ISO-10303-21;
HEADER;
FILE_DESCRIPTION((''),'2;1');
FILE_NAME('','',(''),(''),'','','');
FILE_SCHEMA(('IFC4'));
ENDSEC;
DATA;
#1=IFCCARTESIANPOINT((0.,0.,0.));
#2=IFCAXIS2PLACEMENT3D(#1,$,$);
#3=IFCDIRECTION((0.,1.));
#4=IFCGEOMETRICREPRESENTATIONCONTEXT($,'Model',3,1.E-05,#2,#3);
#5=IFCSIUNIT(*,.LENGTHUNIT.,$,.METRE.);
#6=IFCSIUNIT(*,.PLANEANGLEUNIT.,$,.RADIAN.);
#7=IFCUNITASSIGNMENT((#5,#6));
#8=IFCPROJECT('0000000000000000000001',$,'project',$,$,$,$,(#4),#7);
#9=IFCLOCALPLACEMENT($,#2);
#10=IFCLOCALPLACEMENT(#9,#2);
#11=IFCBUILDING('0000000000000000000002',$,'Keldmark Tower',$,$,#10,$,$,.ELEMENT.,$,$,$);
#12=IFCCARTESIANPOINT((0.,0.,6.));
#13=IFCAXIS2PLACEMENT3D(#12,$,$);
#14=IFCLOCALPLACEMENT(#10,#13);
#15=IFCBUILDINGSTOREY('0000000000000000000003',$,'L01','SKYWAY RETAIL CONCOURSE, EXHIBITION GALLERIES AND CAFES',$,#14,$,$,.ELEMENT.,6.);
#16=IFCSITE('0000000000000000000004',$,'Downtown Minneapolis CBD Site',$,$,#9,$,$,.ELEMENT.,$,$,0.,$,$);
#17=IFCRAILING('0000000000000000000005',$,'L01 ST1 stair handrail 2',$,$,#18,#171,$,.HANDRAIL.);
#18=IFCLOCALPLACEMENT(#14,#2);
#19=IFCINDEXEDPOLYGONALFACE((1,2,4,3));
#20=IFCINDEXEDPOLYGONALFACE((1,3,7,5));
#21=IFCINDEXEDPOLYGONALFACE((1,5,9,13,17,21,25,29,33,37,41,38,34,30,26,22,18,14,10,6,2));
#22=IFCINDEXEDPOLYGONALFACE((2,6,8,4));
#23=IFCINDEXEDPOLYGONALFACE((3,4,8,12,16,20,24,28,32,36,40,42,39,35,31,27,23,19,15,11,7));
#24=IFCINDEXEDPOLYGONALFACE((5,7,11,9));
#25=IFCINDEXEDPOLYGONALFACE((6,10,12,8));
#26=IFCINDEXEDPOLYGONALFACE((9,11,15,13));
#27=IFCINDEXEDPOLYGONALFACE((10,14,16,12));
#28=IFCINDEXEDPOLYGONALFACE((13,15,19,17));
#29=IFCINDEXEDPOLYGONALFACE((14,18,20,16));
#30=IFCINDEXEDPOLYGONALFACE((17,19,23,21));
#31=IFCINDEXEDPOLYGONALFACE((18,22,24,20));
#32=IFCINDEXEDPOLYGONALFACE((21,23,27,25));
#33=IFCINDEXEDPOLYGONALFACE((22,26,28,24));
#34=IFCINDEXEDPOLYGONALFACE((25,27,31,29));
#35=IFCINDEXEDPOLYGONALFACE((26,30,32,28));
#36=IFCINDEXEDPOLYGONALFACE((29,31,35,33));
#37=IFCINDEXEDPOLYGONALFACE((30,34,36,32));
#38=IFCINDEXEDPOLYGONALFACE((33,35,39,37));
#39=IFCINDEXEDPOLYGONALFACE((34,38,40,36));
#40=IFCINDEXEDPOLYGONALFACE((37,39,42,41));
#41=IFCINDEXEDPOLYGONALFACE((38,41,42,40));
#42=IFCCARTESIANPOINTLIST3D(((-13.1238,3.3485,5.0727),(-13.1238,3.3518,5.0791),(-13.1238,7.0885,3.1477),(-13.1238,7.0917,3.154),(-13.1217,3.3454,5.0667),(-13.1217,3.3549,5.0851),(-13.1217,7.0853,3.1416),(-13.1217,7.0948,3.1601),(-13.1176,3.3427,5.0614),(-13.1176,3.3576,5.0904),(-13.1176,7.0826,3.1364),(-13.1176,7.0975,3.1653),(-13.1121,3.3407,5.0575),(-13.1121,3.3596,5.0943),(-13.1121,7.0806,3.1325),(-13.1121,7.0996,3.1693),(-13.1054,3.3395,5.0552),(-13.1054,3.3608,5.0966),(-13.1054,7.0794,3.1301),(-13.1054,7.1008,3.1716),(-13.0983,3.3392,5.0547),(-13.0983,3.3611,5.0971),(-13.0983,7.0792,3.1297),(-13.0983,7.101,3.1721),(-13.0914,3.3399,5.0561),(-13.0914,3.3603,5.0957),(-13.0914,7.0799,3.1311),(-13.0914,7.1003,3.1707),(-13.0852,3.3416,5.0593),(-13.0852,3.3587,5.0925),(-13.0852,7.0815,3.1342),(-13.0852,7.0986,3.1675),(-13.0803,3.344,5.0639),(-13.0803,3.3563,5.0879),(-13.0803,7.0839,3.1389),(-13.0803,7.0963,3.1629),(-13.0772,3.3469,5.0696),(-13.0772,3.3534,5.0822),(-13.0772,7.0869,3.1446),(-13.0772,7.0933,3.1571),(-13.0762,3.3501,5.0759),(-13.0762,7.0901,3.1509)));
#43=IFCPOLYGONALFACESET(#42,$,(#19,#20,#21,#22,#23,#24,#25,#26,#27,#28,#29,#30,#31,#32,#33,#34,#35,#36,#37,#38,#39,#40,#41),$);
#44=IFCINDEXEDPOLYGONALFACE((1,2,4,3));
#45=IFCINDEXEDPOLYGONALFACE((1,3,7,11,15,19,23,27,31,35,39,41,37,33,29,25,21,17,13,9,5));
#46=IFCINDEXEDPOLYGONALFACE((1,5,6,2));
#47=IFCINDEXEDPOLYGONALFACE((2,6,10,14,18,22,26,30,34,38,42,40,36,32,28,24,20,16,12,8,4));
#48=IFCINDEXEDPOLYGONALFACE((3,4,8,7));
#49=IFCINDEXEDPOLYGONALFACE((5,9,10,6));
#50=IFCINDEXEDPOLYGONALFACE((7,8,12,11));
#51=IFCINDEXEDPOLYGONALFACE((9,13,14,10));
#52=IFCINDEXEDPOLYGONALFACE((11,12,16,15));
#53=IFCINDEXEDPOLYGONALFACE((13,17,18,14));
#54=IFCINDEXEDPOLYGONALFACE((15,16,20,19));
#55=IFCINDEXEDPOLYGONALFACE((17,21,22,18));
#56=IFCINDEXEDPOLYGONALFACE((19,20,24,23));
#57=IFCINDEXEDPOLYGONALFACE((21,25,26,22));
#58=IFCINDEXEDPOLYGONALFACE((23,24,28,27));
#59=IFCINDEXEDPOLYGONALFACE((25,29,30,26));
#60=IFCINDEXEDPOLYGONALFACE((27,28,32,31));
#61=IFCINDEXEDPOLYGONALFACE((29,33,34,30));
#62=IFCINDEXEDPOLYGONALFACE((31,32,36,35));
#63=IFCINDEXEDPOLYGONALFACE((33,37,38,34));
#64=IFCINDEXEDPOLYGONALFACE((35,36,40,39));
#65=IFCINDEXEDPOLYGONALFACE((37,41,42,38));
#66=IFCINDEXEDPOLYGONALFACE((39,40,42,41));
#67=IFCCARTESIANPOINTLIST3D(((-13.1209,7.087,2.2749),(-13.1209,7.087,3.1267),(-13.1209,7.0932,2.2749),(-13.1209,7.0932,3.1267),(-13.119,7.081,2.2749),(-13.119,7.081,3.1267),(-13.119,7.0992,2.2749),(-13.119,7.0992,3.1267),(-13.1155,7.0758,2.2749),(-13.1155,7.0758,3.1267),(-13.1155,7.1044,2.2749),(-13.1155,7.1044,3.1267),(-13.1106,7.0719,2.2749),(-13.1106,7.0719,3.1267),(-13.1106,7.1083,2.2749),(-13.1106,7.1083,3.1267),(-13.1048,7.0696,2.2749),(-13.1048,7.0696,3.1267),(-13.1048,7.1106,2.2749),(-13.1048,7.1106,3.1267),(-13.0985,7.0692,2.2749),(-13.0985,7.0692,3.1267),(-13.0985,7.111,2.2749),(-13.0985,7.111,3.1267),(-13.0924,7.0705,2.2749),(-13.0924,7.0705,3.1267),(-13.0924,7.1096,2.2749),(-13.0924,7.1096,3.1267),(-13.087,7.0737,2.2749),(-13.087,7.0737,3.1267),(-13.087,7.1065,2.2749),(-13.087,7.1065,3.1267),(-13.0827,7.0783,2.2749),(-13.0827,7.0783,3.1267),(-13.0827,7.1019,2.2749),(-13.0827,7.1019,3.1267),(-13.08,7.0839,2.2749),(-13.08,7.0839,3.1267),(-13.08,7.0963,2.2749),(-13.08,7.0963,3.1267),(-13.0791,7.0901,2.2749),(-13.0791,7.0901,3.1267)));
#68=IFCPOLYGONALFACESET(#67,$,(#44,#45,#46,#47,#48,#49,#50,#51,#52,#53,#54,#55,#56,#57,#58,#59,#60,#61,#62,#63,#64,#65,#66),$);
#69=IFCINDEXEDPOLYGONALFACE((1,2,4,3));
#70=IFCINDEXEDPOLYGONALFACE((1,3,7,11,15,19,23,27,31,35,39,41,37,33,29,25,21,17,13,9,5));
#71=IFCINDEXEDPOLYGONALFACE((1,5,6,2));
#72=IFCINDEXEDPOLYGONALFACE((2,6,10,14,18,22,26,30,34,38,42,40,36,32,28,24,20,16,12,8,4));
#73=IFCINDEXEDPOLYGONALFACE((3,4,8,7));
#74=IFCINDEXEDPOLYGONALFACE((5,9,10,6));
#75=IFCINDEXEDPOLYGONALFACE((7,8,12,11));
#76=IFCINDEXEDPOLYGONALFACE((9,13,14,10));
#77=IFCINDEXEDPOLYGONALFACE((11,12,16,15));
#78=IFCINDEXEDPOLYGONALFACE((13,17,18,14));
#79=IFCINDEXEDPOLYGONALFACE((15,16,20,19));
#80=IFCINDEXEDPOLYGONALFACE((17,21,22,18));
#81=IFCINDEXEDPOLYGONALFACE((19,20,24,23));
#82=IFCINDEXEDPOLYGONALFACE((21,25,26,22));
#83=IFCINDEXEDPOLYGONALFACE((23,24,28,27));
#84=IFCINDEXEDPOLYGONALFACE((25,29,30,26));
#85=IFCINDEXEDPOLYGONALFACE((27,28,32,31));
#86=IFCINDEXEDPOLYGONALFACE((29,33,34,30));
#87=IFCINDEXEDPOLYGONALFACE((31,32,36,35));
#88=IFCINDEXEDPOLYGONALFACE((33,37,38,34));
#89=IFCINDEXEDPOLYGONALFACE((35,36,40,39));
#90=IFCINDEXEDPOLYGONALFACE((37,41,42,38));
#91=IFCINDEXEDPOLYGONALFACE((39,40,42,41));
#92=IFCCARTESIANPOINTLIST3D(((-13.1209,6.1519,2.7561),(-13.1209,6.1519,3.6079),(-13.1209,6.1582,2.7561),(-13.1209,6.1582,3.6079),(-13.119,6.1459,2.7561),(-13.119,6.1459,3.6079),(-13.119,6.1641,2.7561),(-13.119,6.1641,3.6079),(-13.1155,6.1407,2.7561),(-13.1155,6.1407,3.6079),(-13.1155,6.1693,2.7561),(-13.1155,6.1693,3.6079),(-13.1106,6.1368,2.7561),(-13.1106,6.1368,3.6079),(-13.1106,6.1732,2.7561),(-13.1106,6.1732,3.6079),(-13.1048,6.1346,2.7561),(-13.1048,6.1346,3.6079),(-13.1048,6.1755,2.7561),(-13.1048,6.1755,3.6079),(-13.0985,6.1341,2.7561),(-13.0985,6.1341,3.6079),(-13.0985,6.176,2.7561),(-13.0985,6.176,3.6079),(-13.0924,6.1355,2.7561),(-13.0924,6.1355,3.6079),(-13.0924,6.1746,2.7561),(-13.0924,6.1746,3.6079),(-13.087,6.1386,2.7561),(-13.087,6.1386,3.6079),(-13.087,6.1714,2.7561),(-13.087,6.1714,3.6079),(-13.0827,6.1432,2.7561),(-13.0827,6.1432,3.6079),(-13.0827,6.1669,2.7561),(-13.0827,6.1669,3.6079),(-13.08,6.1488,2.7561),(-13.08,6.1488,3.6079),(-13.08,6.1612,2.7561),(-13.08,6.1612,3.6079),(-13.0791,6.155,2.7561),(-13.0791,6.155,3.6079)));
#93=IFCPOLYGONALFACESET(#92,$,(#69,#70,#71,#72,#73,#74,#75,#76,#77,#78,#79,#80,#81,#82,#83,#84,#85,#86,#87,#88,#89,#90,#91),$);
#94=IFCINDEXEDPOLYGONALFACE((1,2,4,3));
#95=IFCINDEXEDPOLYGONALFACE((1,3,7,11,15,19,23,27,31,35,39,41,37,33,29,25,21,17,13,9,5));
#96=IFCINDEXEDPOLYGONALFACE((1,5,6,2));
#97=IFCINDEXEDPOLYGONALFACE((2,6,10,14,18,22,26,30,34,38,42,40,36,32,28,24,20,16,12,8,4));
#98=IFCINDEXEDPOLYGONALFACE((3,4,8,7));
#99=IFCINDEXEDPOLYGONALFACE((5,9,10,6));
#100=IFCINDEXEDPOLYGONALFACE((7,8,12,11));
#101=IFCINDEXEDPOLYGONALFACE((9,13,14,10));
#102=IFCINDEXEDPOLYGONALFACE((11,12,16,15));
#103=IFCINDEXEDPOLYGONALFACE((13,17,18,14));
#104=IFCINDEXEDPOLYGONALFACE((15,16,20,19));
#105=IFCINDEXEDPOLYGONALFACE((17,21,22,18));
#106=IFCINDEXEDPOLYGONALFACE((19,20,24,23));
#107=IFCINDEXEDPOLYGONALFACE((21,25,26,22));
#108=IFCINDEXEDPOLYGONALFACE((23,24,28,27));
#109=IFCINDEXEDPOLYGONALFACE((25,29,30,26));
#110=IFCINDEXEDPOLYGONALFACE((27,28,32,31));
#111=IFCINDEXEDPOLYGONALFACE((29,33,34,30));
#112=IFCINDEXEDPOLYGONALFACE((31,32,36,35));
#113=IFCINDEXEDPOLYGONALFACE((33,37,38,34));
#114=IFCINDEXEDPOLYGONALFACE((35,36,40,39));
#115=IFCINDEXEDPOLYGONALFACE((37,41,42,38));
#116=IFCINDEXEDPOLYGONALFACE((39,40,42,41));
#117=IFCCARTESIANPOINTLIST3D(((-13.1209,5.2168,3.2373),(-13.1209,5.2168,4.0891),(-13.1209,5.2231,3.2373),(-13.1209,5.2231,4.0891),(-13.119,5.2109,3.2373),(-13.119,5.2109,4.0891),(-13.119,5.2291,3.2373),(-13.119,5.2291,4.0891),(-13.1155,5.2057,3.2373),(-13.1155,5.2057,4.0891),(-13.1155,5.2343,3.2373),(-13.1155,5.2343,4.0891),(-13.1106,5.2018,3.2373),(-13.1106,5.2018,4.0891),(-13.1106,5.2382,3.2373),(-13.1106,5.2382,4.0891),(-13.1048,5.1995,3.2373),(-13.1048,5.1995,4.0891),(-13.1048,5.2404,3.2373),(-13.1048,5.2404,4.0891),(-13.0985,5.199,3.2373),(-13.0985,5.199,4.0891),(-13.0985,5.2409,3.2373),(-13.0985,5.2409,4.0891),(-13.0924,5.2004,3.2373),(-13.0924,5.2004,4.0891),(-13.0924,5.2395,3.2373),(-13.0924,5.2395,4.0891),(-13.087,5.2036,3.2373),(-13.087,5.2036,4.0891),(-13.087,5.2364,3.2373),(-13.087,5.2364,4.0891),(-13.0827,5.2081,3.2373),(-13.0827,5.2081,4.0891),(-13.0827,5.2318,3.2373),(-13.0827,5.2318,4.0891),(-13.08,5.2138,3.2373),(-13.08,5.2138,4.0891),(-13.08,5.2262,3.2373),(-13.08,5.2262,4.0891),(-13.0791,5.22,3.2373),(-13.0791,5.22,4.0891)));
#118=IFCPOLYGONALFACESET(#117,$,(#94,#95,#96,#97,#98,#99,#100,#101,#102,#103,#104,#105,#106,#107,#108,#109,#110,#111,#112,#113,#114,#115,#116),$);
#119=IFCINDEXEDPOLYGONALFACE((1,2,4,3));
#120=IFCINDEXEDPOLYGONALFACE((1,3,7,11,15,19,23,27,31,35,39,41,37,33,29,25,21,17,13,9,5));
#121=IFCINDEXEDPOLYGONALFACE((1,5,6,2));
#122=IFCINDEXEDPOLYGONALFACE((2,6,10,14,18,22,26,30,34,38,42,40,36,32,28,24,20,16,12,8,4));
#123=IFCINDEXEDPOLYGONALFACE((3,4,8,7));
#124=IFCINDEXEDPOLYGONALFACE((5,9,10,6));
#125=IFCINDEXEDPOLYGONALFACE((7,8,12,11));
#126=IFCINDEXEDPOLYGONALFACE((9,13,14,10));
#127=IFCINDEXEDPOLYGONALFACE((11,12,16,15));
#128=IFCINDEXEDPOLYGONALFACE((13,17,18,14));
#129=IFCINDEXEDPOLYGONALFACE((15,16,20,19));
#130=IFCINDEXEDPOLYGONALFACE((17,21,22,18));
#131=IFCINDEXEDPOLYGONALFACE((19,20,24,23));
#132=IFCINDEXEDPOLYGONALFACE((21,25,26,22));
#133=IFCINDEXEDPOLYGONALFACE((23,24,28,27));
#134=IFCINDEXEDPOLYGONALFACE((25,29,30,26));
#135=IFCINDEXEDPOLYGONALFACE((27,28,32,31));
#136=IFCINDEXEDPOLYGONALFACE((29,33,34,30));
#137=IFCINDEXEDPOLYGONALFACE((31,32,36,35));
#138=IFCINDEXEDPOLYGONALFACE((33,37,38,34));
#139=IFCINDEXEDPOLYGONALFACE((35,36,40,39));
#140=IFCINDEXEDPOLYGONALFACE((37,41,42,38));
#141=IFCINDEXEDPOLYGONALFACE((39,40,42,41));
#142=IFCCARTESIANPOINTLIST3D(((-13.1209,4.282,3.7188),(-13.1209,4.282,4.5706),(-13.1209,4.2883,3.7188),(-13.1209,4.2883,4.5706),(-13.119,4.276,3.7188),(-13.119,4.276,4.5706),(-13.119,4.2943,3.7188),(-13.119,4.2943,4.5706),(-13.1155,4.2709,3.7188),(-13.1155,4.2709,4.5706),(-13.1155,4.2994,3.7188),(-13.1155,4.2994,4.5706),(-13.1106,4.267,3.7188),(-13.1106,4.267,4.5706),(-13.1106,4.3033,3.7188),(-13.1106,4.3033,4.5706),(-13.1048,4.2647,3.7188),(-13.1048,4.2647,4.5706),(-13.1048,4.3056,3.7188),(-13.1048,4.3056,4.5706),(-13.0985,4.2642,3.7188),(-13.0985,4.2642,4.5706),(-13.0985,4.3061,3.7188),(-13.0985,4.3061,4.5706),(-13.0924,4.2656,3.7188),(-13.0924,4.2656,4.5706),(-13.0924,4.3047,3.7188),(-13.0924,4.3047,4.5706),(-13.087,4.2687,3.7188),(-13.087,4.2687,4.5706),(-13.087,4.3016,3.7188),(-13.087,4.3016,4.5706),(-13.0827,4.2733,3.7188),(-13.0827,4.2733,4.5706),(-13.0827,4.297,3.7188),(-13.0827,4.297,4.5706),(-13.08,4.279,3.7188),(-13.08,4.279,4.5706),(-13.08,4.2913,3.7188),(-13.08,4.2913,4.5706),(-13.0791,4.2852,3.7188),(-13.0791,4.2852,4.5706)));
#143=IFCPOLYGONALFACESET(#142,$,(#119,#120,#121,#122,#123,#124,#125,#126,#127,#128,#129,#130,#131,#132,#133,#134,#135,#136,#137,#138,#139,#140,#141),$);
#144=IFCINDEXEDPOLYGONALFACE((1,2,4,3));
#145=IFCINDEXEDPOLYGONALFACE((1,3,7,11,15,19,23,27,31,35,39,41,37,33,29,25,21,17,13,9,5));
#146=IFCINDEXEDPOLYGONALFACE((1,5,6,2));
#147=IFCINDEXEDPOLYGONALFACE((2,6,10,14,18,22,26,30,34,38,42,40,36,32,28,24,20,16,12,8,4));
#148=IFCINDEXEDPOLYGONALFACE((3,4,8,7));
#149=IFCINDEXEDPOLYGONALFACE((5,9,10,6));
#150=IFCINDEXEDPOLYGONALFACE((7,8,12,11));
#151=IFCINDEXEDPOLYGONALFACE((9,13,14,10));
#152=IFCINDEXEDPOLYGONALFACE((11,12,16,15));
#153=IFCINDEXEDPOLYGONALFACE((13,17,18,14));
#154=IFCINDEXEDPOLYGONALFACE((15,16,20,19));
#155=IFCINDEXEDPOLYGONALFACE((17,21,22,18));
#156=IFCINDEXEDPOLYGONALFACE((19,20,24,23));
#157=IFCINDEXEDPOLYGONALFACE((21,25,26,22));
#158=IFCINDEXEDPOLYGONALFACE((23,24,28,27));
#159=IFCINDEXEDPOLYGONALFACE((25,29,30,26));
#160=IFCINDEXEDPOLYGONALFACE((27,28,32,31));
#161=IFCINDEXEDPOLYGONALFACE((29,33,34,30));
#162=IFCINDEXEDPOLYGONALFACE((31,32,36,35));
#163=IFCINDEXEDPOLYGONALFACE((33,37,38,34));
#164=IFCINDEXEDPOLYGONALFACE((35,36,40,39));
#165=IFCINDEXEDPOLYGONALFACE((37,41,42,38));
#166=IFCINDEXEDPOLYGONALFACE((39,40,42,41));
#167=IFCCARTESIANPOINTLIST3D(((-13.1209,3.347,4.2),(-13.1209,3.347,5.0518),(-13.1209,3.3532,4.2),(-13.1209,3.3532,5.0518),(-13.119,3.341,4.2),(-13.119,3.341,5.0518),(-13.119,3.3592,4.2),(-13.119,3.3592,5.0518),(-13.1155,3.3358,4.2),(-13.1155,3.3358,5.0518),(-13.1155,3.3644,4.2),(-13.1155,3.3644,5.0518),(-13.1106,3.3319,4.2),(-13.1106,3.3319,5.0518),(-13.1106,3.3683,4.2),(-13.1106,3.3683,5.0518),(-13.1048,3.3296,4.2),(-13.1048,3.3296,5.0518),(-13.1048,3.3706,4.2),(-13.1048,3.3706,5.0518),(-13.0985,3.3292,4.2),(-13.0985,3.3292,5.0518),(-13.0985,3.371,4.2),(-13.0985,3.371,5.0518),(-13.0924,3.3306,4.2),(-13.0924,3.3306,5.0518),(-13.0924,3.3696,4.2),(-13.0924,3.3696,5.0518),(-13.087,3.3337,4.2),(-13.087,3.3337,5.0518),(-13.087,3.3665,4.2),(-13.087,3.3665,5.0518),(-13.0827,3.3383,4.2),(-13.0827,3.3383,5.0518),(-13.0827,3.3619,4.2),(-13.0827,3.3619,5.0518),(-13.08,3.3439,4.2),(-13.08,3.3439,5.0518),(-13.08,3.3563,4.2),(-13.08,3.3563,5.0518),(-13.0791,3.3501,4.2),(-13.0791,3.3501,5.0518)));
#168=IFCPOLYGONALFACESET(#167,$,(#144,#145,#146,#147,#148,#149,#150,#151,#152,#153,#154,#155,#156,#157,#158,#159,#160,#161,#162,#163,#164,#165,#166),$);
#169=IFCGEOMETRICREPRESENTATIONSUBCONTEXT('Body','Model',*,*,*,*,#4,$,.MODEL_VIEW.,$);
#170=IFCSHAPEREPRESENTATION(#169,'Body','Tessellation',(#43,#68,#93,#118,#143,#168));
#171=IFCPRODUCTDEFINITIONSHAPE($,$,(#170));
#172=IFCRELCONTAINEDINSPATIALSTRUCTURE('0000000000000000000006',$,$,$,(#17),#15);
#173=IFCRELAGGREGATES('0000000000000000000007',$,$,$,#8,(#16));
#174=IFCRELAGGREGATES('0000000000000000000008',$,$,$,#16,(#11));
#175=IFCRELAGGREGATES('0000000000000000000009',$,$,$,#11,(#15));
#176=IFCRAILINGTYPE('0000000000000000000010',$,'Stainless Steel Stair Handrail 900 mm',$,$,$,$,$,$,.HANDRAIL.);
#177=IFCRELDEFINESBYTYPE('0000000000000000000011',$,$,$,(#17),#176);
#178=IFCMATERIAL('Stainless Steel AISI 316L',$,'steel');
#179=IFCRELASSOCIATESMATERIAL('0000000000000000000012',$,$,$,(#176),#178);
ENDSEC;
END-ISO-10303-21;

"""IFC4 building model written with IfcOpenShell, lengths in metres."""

from ifc_helpers import new_model, si_unit, direction, frame, origin, origin_2d, place, context, subcontext, project, spatial, circle, extrude, material, type_object, element, save


model = new_model("IFC4")

# Units and contexts
model_context = context("Model", 3, precision=1e-05, world=origin(), true_north=direction((0.0, 1.0)))
body_context = subcontext(model_context, "Body", "Model", "MODEL_VIEW")
ifc_project = project(units=[si_unit("LENGTHUNIT", "METRE"), si_unit("PLANEANGLEUNIT", "RADIAN")], contexts=[model_context])

# Site, building, storey
site_placement = place(None, origin())
site = spatial("IfcSite", under=ifc_project, at=site_placement, Name="Downtown Minneapolis CBD Site", CompositionType="ELEMENT", RefElevation=0.0)
building_placement = place(site_placement, origin())
building = spatial("IfcBuilding", under=site, at=building_placement, Name="Keldmark Tower", CompositionType="ELEMENT")
storey_placement = place(building_placement, frame((0.0, 0.0, 6.0)))
storey = spatial("IfcBuildingStorey", under=building, at=storey_placement, Name="L01", Description="SKYWAY RETAIL CONCOURSE, EXHIBITION GALLERIES AND CAFES", CompositionType="ELEMENT", Elevation=6.0)

# Railing
ifc_material_1 = material(Name="Stainless Steel AISI 316L", Category="steel")
railing_type_1 = type_object("IfcRailingType", Name="Stainless Steel Stair Handrail 900 mm", PredefinedType="HANDRAIL", material=ifc_material_1)
railing_1_placement = place(storey_placement, frame((-13.1001, 7.0901, 2.2749)))
element("IfcRailing", 1, at=railing_1_placement, inside=storey, type_object=railing_type_1, Name="L01 ST1 stair handrail 2", PredefinedType="HANDRAIL", context=body_context, shape_type="SweptSolid", body=[
    extrude(circle(Radius=0.0239, at=origin_2d()), frame((0.0, 0.0, 0.876), z_axis=(0.0, -0.889131, 0.457654), x_axis=(1.0, 0.0, 0.0)), (0.0, 0.0, 1.0), 4.2063),
    extrude(circle(Radius=0.021, at=origin_2d()), origin(), (0.0, 0.0, 1.0), 0.8518),
    extrude(circle(Radius=0.021, at=origin_2d()), frame((0.0, -0.9351, 0.4812)), (0.0, 0.0, 1.0), 0.8518),
    extrude(circle(Radius=0.021, at=origin_2d()), frame((0.0, -1.8701, 0.9624)), (0.0, 0.0, 1.0), 0.8518),
    extrude(circle(Radius=0.021, at=origin_2d()), frame((0.0, -2.8049, 1.4438)), (0.0, 0.0, 1.0), 0.8518),
    extrude(circle(Radius=0.021, at=origin_2d()), frame((0.0, -3.74, 1.925)), (0.0, 0.0, 1.0), 0.8518),
])

save(model, "model.ifc")
